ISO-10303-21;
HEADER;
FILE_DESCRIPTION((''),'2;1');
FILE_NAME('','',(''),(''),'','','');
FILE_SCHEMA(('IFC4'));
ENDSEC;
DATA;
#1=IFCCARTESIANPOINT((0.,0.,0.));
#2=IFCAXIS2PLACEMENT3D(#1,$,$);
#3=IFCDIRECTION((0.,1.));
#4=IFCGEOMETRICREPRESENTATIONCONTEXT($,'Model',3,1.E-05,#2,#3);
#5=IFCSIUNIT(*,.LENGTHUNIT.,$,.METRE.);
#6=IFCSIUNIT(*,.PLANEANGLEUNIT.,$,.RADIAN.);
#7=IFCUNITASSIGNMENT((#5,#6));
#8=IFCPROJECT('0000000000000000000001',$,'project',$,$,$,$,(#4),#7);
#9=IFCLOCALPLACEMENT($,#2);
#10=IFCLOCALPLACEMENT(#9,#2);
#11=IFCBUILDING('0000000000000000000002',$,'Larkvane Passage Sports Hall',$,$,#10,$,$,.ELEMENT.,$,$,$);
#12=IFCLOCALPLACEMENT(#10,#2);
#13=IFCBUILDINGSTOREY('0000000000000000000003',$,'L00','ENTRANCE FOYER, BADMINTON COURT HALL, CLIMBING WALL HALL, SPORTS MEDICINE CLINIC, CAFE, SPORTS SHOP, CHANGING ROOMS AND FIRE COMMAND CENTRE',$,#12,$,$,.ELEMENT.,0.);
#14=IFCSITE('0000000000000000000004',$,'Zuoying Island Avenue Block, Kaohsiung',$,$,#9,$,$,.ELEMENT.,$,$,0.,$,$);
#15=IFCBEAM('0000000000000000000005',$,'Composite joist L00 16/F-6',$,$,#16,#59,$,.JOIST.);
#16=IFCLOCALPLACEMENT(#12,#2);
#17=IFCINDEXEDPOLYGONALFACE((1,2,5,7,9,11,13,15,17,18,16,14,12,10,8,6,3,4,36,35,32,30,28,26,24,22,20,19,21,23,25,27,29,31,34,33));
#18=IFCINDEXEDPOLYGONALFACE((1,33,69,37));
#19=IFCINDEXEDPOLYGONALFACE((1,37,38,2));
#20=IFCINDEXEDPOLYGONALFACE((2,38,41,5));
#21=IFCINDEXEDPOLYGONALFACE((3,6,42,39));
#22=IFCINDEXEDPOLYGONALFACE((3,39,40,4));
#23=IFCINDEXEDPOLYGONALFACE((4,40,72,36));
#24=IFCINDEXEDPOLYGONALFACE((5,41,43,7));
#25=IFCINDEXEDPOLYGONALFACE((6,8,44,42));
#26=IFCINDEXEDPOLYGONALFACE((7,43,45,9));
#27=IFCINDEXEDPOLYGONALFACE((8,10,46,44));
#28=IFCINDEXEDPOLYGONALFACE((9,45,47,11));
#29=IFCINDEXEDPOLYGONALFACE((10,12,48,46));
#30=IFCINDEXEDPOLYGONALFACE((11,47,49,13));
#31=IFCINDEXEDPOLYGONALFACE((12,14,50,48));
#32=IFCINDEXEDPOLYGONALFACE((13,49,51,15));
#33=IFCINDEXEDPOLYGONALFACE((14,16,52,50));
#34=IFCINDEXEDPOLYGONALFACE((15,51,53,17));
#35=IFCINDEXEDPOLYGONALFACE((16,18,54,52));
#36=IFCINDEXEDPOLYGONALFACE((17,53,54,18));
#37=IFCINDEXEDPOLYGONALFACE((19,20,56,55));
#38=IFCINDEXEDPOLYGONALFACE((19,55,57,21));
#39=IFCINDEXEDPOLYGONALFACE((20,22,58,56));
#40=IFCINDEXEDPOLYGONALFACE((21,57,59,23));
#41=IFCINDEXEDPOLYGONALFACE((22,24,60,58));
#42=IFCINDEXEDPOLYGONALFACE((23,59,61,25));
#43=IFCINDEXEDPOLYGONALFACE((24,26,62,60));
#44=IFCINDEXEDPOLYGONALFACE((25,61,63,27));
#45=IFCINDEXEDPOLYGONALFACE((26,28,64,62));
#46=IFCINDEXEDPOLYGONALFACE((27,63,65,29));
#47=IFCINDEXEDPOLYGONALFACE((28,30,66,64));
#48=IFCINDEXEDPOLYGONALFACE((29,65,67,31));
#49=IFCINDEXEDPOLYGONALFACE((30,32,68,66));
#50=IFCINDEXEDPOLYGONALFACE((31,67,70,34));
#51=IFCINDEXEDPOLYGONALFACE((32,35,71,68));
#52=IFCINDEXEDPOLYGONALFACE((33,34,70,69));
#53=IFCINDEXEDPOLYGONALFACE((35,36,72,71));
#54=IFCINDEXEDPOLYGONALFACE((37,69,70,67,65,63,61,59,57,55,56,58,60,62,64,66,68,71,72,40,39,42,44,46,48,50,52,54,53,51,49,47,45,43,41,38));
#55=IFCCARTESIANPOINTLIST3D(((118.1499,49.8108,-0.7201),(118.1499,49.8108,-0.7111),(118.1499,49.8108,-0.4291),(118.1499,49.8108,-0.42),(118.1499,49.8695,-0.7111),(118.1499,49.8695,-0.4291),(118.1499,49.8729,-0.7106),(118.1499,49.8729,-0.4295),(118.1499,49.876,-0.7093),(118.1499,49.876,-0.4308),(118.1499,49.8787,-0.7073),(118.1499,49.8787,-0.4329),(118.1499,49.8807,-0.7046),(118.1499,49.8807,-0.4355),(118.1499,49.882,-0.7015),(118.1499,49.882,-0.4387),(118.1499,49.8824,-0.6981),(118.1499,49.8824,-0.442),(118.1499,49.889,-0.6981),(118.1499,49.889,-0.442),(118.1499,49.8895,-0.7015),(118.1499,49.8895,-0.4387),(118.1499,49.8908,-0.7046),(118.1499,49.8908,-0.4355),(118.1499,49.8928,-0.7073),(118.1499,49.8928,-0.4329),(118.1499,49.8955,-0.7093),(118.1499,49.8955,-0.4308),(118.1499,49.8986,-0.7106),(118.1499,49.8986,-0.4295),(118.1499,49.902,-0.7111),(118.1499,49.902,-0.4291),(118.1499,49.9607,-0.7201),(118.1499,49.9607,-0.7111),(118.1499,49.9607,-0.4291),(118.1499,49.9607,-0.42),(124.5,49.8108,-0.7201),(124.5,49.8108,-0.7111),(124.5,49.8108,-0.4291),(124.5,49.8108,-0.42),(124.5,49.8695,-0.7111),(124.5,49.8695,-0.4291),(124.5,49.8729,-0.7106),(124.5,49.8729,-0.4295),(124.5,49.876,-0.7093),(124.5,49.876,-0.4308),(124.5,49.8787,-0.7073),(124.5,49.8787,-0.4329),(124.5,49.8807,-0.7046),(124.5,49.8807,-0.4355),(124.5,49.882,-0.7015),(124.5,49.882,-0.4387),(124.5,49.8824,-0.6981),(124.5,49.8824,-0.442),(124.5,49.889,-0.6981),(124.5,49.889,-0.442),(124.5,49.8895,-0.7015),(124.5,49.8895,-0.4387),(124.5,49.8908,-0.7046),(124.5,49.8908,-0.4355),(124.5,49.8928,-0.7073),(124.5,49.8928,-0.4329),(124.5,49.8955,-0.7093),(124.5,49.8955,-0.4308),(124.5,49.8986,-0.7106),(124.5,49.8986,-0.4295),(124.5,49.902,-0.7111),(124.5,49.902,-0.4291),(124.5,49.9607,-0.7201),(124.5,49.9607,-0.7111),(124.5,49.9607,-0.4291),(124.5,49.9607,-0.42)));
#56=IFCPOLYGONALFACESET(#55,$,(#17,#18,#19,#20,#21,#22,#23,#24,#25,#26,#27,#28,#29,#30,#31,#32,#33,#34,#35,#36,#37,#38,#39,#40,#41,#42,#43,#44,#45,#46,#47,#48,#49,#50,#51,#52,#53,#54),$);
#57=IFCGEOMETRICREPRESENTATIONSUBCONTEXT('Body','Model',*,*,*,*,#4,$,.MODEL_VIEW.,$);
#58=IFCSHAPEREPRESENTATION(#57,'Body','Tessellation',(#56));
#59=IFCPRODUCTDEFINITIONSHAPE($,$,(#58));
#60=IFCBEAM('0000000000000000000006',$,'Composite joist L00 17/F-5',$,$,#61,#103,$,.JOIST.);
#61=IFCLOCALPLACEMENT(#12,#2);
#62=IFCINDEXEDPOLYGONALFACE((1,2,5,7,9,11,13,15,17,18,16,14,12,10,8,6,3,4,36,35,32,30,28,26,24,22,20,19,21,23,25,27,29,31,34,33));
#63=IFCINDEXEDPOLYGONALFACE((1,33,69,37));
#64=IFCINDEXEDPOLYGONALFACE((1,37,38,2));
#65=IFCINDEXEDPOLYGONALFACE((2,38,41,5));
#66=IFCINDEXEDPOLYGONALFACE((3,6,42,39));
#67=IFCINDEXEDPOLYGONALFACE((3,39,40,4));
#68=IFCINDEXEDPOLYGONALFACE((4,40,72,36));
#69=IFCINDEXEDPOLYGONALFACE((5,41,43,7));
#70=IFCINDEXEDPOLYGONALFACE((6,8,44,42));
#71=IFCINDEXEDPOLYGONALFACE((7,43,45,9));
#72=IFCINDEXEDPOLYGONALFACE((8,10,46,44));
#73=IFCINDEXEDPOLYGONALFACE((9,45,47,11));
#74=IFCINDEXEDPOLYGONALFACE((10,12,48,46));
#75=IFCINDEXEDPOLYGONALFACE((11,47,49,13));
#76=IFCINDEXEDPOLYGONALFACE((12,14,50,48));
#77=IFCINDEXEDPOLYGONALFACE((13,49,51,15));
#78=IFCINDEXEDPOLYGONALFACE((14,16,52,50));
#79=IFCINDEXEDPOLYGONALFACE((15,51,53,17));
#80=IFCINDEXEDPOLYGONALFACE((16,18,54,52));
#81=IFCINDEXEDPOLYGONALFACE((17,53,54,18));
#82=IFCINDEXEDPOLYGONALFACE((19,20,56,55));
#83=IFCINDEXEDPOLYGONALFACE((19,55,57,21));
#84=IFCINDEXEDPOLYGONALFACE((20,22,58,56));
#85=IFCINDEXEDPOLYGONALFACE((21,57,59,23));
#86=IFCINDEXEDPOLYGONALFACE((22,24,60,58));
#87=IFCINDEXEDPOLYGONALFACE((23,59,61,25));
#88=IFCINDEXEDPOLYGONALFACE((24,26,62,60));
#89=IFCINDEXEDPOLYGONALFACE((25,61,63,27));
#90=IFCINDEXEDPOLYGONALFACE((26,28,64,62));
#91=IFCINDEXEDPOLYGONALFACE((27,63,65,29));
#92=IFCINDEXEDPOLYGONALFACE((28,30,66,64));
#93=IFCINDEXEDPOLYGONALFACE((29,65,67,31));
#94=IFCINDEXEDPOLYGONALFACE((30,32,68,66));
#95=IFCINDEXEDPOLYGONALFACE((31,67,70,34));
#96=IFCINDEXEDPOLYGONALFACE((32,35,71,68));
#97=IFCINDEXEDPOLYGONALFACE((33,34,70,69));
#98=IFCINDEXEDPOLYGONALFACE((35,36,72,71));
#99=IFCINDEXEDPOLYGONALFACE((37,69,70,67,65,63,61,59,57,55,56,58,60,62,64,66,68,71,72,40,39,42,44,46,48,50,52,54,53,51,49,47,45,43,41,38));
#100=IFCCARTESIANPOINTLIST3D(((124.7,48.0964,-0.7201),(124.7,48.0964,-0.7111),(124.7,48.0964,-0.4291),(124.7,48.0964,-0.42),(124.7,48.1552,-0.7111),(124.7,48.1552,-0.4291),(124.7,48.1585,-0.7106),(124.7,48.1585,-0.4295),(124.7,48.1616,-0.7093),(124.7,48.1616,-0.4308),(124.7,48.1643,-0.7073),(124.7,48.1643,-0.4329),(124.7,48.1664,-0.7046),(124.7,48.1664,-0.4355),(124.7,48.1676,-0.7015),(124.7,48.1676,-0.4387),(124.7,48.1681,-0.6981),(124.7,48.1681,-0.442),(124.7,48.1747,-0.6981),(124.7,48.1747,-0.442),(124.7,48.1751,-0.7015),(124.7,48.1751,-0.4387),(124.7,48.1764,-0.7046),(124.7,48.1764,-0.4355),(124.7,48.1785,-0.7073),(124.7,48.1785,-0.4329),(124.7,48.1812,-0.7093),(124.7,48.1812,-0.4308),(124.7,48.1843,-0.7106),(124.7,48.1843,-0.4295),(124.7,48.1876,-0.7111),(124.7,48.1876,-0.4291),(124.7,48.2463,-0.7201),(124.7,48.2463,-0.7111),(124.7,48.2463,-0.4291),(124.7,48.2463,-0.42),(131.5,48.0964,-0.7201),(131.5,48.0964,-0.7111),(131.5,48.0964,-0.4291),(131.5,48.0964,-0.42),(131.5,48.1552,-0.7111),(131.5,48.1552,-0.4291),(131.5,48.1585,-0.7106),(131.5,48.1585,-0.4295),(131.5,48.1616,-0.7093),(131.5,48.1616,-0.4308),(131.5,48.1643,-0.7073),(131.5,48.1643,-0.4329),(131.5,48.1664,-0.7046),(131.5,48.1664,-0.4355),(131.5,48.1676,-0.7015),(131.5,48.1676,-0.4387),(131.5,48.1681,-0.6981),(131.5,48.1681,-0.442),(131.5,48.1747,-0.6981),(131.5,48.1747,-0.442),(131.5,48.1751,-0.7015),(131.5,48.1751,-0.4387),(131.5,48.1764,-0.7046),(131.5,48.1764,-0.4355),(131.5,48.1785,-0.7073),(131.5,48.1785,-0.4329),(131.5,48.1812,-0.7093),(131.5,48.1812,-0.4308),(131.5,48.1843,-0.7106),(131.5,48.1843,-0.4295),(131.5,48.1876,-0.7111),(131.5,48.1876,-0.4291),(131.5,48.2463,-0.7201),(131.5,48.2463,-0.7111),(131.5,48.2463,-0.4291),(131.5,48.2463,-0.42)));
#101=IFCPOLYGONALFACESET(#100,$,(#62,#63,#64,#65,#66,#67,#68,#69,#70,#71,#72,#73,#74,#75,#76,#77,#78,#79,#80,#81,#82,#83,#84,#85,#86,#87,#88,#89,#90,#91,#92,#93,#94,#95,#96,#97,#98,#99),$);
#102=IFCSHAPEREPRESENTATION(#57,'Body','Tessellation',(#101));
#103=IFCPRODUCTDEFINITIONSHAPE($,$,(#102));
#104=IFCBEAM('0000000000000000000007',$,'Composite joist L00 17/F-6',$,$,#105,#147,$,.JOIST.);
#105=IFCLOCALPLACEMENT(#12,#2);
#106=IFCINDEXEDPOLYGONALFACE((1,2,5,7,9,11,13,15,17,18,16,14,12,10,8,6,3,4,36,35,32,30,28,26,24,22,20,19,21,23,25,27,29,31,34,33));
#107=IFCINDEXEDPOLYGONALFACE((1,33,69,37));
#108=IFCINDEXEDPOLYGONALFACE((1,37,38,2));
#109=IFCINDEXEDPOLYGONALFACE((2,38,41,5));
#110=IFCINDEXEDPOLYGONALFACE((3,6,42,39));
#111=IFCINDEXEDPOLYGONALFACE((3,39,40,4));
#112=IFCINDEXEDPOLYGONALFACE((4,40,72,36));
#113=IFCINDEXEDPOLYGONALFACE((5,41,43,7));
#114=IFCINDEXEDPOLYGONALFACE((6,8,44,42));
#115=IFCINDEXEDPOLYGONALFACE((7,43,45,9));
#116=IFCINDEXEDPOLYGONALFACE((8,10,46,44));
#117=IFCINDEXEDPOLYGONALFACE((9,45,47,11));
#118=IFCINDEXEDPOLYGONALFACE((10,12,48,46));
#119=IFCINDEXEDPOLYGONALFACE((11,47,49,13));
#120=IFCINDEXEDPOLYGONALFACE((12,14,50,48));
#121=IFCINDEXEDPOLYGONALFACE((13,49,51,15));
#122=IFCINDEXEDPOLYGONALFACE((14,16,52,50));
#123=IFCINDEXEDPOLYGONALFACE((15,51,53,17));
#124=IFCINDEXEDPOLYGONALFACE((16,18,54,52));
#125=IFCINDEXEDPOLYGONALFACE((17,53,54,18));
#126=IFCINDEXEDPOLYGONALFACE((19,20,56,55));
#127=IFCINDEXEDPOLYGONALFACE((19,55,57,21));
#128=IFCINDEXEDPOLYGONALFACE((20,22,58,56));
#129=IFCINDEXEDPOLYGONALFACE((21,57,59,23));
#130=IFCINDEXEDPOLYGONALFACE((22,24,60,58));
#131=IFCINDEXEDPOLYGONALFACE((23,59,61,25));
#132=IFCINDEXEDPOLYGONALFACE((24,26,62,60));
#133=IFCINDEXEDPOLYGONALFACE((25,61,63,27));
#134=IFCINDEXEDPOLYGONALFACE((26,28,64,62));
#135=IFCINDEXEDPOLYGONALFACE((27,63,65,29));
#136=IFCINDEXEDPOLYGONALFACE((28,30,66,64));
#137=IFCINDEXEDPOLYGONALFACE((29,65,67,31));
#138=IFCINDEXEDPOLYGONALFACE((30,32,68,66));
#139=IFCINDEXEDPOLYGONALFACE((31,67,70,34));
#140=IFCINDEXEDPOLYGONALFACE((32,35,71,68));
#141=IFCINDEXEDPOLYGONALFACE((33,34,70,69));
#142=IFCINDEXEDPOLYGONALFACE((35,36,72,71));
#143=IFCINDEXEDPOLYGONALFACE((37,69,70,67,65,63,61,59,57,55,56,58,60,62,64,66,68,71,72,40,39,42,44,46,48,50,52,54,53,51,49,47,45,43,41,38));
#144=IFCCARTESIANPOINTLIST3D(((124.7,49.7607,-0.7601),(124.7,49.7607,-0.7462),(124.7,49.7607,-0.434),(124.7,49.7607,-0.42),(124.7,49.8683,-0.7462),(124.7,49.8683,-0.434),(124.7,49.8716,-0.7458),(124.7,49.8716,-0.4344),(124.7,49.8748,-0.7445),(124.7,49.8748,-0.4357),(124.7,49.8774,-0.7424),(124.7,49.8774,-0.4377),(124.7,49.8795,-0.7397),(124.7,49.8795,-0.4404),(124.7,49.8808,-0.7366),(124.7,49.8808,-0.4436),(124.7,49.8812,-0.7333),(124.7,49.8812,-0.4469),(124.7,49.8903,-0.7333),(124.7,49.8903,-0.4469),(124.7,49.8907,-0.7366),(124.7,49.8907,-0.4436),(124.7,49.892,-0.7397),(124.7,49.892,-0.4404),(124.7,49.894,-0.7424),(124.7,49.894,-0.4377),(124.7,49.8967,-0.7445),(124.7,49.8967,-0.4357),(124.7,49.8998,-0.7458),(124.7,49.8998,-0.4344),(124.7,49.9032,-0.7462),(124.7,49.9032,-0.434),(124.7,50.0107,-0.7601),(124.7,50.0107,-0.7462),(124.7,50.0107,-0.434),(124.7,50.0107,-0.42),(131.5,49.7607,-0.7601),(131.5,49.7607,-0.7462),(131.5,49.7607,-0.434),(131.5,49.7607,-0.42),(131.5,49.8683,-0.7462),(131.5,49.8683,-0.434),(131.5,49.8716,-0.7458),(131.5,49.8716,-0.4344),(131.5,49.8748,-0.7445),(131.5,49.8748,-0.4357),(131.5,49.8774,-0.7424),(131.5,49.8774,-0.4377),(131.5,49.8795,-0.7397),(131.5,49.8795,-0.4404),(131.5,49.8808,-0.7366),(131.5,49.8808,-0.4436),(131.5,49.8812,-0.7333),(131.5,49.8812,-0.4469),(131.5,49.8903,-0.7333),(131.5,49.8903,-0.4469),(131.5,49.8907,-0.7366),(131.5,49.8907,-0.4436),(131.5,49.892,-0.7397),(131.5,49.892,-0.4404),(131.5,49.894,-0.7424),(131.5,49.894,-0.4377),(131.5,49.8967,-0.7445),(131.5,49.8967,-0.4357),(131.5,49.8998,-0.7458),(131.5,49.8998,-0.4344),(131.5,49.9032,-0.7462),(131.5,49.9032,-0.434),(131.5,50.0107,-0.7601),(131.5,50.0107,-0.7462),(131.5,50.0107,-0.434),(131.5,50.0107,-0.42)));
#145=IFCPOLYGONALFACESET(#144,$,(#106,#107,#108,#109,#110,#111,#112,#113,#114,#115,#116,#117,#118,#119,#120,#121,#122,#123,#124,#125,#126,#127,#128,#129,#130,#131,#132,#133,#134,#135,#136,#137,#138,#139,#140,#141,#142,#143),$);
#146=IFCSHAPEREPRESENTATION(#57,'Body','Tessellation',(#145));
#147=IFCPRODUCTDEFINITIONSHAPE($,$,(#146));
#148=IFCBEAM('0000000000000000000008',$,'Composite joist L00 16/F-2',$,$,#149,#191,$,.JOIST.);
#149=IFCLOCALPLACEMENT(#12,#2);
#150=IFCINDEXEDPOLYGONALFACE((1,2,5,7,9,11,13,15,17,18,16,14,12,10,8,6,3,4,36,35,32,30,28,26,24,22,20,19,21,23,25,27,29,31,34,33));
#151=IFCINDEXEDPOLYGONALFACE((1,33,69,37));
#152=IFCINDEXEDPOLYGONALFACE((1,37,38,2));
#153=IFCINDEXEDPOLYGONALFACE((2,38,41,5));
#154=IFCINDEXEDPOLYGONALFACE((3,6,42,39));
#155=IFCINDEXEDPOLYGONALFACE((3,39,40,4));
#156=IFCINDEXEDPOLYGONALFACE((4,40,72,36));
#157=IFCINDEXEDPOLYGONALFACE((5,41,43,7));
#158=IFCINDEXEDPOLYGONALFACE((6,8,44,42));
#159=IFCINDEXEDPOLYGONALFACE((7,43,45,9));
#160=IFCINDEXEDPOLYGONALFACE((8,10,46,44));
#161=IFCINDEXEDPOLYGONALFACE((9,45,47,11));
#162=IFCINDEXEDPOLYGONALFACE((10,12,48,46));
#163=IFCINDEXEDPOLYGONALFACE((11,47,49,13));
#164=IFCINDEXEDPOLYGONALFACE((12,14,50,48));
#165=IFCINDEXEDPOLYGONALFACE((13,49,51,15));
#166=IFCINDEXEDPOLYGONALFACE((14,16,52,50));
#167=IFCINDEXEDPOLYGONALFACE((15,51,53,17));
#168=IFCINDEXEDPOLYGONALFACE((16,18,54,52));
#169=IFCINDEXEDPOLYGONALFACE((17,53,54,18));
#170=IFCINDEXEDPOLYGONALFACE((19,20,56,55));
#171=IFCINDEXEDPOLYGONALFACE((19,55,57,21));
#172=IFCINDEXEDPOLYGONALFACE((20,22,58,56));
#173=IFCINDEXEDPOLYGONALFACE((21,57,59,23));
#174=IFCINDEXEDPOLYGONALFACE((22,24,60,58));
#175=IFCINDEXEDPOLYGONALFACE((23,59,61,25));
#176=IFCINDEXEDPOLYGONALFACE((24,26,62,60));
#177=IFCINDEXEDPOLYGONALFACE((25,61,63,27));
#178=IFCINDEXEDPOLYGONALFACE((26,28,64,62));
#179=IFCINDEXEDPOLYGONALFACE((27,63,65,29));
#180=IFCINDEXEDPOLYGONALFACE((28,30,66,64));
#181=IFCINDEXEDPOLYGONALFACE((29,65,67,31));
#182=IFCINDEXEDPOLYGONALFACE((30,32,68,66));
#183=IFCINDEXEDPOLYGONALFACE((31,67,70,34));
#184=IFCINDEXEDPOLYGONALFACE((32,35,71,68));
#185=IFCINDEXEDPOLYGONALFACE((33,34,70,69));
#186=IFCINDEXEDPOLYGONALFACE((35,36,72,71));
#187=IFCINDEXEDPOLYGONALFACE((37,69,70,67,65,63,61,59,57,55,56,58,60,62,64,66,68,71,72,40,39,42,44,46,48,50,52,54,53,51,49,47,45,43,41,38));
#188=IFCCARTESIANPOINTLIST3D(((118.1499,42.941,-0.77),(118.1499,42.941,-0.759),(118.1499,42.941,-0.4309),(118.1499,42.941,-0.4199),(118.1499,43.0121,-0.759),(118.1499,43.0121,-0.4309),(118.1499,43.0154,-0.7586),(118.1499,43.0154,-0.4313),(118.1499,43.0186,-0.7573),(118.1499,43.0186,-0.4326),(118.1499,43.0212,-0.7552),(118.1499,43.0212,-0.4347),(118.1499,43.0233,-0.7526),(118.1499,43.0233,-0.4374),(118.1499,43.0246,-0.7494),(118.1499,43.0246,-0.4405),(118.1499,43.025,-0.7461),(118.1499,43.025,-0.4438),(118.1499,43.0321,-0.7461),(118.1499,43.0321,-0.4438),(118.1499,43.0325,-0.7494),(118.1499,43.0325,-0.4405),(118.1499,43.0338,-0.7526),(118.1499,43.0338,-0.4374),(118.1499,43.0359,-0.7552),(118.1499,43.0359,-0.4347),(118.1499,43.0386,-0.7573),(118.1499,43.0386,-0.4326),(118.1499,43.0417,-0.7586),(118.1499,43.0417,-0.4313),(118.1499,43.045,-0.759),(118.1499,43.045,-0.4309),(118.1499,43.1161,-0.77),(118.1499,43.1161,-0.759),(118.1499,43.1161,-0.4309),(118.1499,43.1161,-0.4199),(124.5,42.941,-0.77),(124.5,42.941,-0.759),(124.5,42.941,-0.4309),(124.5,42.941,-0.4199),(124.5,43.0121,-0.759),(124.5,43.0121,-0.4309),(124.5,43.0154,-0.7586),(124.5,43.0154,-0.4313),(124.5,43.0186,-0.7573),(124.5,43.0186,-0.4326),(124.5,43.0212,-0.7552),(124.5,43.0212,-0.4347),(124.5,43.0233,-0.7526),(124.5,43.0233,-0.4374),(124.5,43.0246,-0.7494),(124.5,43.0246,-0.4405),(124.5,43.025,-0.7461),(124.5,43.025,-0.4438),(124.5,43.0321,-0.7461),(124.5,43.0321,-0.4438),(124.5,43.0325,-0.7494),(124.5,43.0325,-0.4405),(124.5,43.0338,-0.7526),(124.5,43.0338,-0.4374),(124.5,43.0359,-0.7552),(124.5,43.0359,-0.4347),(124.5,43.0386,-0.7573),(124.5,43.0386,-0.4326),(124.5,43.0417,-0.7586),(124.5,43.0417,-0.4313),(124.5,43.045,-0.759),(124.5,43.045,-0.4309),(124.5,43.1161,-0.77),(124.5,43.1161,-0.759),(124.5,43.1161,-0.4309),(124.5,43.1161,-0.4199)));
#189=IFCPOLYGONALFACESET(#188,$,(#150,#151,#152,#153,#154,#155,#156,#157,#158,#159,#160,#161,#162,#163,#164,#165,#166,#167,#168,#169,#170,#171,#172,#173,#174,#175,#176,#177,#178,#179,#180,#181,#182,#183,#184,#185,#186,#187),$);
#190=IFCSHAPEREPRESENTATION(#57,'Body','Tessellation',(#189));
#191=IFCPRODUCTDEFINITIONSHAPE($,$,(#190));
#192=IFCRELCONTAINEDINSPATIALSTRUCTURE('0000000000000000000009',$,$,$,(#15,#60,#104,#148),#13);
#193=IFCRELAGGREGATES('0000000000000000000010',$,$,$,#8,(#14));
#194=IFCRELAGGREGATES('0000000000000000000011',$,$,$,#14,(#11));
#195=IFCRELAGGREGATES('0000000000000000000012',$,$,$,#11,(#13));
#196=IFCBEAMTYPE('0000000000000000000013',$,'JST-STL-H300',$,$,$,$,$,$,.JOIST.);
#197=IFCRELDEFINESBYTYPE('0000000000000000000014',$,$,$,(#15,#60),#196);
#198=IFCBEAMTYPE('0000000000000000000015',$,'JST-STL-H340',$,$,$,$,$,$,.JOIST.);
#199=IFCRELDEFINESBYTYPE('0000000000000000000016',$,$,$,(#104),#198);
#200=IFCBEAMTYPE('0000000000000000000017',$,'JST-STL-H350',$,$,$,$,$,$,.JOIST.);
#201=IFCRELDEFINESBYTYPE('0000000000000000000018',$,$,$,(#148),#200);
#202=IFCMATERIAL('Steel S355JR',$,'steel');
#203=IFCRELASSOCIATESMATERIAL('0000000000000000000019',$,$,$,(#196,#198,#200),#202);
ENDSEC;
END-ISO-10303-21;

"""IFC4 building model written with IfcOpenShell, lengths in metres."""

from ifc_helpers import new_model, si_unit, direction, frame, origin, origin_2d, place, context, subcontext, project, spatial, i_section, extrude, material, material_profile, profile_set, type_object, element, save


model = new_model("IFC4")

# Units and contexts
model_context = context("Model", 3, precision=1e-05, world=origin(), true_north=direction((0.0, 1.0)))
body_context = subcontext(model_context, "Body", "Model", "MODEL_VIEW")
ifc_project = project(units=[si_unit("LENGTHUNIT", "METRE"), si_unit("PLANEANGLEUNIT", "RADIAN")], contexts=[model_context])

# Site, building, storey
site_placement = place(None, origin())
site = spatial("IfcSite", under=ifc_project, at=site_placement, Name="Zuoying Island Avenue Block, Kaohsiung", CompositionType="ELEMENT", RefElevation=0.0)
building_placement = place(site_placement, origin())
building = spatial("IfcBuilding", under=site, at=building_placement, Name="Larkvane Passage Sports Hall", CompositionType="ELEMENT")
storey_placement = place(building_placement, origin())
storey = spatial("IfcBuildingStorey", under=building, at=storey_placement, Name="L00", Description="ENTRANCE FOYER, BADMINTON COURT HALL, CLIMBING WALL HALL, SPORTS MEDICINE CLINIC, CAFE, SPORTS SHOP, CHANGING ROOMS AND FIRE COMMAND CENTRE", CompositionType="ELEMENT", Elevation=0.0)

# Beams
ifc_material_1 = material(Name="Steel S355JR", Category="steel")
ifc_material_profile_1 = material_profile(ifc_material_1, i_section(OverallWidth=0.1499, OverallDepth=0.3, WebThickness=0.0066, FlangeThickness=0.009, FilletRadius=0.0129, at=origin_2d()), Name="H-300x150x6.5x9")
ifc_profile_set_1 = profile_set([ifc_material_profile_1], Name="Steel S355JR")
beam_type_1 = type_object("IfcBeamType", Name="JST-STL-H300", PredefinedType="JOIST", material=ifc_profile_set_1)
beam_1_placement = place(storey_placement, frame((118.1499, 49.8857, -0.5701), z_axis=(1.0, 0.0, 0.0), x_axis=(0.0, 1.0, 0.0)))
element("IfcBeam", 1, at=beam_1_placement, inside=storey, type_object=beam_type_1, Name="Composite joist L00 16/F-6", PredefinedType="JOIST", context=body_context, shape_type="SweptSolid", body=[
    extrude(i_section(OverallWidth=0.1499, OverallDepth=0.3, WebThickness=0.0066, FlangeThickness=0.009, FilletRadius=0.0129, at=origin_2d()), origin(), (0.0, 0.0, 1.0), 6.3501),
])
beam_2_placement = place(storey_placement, frame((124.7, 48.1714, -0.5701), z_axis=(1.0, 0.0, 0.0), x_axis=(0.0, 1.0, 0.0)))
element("IfcBeam", 2, at=beam_2_placement, inside=storey, type_object=beam_type_1, Name="Composite joist L00 17/F-5", PredefinedType="JOIST", context=body_context, shape_type="SweptSolid", body=[
    extrude(i_section(OverallWidth=0.1499, OverallDepth=0.3, WebThickness=0.0066, FlangeThickness=0.009, FilletRadius=0.0129, at=origin_2d()), origin(), (0.0, 0.0, 1.0), 6.8),
])
ifc_material_profile_2 = material_profile(ifc_material_1, i_section(OverallWidth=0.25, OverallDepth=0.3401, WebThickness=0.009, FlangeThickness=0.0139, FilletRadius=0.0129, at=origin_2d()), Name="H-340x250x9x14")
ifc_profile_set_2 = profile_set([ifc_material_profile_2], Name="Steel S355JR")
beam_type_2 = type_object("IfcBeamType", Name="JST-STL-H340", PredefinedType="JOIST", material=ifc_profile_set_2)
beam_3_placement = place(storey_placement, frame((124.7, 49.8857, -0.5901), z_axis=(1.0, 0.0, 0.0), x_axis=(0.0, 1.0, 0.0)))
element("IfcBeam", 3, at=beam_3_placement, inside=storey, type_object=beam_type_2, Name="Composite joist L00 17/F-6", PredefinedType="JOIST", context=body_context, shape_type="SweptSolid", body=[
    extrude(i_section(OverallWidth=0.25, OverallDepth=0.3401, WebThickness=0.009, FlangeThickness=0.0139, FilletRadius=0.0129, at=origin_2d()), origin(), (0.0, 0.0, 1.0), 6.8),
])
ifc_material_profile_3 = material_profile(ifc_material_1, i_section(OverallWidth=0.175, OverallDepth=0.3501, WebThickness=0.0071, FlangeThickness=0.011, FilletRadius=0.0129, at=origin_2d()), Name="H-350x175x7x11")
ifc_profile_set_3 = profile_set([ifc_material_profile_3], Name="Steel S355JR")
beam_type_3 = type_object("IfcBeamType", Name="JST-STL-H350", PredefinedType="JOIST", material=ifc_profile_set_3)
beam_4_placement = place(storey_placement, frame((118.1499, 43.0286, -0.595), z_axis=(1.0, 0.0, 0.0), x_axis=(0.0, 1.0, 0.0)))
element("IfcBeam", 4, at=beam_4_placement, inside=storey, type_object=beam_type_3, Name="Composite joist L00 16/F-2", PredefinedType="JOIST", context=body_context, shape_type="SweptSolid", body=[
    extrude(i_section(OverallWidth=0.175, OverallDepth=0.3501, WebThickness=0.0071, FlangeThickness=0.011, FilletRadius=0.0129, at=origin_2d()), origin(), (0.0, 0.0, 1.0), 6.3501),
])

save(model, "model.ifc")
